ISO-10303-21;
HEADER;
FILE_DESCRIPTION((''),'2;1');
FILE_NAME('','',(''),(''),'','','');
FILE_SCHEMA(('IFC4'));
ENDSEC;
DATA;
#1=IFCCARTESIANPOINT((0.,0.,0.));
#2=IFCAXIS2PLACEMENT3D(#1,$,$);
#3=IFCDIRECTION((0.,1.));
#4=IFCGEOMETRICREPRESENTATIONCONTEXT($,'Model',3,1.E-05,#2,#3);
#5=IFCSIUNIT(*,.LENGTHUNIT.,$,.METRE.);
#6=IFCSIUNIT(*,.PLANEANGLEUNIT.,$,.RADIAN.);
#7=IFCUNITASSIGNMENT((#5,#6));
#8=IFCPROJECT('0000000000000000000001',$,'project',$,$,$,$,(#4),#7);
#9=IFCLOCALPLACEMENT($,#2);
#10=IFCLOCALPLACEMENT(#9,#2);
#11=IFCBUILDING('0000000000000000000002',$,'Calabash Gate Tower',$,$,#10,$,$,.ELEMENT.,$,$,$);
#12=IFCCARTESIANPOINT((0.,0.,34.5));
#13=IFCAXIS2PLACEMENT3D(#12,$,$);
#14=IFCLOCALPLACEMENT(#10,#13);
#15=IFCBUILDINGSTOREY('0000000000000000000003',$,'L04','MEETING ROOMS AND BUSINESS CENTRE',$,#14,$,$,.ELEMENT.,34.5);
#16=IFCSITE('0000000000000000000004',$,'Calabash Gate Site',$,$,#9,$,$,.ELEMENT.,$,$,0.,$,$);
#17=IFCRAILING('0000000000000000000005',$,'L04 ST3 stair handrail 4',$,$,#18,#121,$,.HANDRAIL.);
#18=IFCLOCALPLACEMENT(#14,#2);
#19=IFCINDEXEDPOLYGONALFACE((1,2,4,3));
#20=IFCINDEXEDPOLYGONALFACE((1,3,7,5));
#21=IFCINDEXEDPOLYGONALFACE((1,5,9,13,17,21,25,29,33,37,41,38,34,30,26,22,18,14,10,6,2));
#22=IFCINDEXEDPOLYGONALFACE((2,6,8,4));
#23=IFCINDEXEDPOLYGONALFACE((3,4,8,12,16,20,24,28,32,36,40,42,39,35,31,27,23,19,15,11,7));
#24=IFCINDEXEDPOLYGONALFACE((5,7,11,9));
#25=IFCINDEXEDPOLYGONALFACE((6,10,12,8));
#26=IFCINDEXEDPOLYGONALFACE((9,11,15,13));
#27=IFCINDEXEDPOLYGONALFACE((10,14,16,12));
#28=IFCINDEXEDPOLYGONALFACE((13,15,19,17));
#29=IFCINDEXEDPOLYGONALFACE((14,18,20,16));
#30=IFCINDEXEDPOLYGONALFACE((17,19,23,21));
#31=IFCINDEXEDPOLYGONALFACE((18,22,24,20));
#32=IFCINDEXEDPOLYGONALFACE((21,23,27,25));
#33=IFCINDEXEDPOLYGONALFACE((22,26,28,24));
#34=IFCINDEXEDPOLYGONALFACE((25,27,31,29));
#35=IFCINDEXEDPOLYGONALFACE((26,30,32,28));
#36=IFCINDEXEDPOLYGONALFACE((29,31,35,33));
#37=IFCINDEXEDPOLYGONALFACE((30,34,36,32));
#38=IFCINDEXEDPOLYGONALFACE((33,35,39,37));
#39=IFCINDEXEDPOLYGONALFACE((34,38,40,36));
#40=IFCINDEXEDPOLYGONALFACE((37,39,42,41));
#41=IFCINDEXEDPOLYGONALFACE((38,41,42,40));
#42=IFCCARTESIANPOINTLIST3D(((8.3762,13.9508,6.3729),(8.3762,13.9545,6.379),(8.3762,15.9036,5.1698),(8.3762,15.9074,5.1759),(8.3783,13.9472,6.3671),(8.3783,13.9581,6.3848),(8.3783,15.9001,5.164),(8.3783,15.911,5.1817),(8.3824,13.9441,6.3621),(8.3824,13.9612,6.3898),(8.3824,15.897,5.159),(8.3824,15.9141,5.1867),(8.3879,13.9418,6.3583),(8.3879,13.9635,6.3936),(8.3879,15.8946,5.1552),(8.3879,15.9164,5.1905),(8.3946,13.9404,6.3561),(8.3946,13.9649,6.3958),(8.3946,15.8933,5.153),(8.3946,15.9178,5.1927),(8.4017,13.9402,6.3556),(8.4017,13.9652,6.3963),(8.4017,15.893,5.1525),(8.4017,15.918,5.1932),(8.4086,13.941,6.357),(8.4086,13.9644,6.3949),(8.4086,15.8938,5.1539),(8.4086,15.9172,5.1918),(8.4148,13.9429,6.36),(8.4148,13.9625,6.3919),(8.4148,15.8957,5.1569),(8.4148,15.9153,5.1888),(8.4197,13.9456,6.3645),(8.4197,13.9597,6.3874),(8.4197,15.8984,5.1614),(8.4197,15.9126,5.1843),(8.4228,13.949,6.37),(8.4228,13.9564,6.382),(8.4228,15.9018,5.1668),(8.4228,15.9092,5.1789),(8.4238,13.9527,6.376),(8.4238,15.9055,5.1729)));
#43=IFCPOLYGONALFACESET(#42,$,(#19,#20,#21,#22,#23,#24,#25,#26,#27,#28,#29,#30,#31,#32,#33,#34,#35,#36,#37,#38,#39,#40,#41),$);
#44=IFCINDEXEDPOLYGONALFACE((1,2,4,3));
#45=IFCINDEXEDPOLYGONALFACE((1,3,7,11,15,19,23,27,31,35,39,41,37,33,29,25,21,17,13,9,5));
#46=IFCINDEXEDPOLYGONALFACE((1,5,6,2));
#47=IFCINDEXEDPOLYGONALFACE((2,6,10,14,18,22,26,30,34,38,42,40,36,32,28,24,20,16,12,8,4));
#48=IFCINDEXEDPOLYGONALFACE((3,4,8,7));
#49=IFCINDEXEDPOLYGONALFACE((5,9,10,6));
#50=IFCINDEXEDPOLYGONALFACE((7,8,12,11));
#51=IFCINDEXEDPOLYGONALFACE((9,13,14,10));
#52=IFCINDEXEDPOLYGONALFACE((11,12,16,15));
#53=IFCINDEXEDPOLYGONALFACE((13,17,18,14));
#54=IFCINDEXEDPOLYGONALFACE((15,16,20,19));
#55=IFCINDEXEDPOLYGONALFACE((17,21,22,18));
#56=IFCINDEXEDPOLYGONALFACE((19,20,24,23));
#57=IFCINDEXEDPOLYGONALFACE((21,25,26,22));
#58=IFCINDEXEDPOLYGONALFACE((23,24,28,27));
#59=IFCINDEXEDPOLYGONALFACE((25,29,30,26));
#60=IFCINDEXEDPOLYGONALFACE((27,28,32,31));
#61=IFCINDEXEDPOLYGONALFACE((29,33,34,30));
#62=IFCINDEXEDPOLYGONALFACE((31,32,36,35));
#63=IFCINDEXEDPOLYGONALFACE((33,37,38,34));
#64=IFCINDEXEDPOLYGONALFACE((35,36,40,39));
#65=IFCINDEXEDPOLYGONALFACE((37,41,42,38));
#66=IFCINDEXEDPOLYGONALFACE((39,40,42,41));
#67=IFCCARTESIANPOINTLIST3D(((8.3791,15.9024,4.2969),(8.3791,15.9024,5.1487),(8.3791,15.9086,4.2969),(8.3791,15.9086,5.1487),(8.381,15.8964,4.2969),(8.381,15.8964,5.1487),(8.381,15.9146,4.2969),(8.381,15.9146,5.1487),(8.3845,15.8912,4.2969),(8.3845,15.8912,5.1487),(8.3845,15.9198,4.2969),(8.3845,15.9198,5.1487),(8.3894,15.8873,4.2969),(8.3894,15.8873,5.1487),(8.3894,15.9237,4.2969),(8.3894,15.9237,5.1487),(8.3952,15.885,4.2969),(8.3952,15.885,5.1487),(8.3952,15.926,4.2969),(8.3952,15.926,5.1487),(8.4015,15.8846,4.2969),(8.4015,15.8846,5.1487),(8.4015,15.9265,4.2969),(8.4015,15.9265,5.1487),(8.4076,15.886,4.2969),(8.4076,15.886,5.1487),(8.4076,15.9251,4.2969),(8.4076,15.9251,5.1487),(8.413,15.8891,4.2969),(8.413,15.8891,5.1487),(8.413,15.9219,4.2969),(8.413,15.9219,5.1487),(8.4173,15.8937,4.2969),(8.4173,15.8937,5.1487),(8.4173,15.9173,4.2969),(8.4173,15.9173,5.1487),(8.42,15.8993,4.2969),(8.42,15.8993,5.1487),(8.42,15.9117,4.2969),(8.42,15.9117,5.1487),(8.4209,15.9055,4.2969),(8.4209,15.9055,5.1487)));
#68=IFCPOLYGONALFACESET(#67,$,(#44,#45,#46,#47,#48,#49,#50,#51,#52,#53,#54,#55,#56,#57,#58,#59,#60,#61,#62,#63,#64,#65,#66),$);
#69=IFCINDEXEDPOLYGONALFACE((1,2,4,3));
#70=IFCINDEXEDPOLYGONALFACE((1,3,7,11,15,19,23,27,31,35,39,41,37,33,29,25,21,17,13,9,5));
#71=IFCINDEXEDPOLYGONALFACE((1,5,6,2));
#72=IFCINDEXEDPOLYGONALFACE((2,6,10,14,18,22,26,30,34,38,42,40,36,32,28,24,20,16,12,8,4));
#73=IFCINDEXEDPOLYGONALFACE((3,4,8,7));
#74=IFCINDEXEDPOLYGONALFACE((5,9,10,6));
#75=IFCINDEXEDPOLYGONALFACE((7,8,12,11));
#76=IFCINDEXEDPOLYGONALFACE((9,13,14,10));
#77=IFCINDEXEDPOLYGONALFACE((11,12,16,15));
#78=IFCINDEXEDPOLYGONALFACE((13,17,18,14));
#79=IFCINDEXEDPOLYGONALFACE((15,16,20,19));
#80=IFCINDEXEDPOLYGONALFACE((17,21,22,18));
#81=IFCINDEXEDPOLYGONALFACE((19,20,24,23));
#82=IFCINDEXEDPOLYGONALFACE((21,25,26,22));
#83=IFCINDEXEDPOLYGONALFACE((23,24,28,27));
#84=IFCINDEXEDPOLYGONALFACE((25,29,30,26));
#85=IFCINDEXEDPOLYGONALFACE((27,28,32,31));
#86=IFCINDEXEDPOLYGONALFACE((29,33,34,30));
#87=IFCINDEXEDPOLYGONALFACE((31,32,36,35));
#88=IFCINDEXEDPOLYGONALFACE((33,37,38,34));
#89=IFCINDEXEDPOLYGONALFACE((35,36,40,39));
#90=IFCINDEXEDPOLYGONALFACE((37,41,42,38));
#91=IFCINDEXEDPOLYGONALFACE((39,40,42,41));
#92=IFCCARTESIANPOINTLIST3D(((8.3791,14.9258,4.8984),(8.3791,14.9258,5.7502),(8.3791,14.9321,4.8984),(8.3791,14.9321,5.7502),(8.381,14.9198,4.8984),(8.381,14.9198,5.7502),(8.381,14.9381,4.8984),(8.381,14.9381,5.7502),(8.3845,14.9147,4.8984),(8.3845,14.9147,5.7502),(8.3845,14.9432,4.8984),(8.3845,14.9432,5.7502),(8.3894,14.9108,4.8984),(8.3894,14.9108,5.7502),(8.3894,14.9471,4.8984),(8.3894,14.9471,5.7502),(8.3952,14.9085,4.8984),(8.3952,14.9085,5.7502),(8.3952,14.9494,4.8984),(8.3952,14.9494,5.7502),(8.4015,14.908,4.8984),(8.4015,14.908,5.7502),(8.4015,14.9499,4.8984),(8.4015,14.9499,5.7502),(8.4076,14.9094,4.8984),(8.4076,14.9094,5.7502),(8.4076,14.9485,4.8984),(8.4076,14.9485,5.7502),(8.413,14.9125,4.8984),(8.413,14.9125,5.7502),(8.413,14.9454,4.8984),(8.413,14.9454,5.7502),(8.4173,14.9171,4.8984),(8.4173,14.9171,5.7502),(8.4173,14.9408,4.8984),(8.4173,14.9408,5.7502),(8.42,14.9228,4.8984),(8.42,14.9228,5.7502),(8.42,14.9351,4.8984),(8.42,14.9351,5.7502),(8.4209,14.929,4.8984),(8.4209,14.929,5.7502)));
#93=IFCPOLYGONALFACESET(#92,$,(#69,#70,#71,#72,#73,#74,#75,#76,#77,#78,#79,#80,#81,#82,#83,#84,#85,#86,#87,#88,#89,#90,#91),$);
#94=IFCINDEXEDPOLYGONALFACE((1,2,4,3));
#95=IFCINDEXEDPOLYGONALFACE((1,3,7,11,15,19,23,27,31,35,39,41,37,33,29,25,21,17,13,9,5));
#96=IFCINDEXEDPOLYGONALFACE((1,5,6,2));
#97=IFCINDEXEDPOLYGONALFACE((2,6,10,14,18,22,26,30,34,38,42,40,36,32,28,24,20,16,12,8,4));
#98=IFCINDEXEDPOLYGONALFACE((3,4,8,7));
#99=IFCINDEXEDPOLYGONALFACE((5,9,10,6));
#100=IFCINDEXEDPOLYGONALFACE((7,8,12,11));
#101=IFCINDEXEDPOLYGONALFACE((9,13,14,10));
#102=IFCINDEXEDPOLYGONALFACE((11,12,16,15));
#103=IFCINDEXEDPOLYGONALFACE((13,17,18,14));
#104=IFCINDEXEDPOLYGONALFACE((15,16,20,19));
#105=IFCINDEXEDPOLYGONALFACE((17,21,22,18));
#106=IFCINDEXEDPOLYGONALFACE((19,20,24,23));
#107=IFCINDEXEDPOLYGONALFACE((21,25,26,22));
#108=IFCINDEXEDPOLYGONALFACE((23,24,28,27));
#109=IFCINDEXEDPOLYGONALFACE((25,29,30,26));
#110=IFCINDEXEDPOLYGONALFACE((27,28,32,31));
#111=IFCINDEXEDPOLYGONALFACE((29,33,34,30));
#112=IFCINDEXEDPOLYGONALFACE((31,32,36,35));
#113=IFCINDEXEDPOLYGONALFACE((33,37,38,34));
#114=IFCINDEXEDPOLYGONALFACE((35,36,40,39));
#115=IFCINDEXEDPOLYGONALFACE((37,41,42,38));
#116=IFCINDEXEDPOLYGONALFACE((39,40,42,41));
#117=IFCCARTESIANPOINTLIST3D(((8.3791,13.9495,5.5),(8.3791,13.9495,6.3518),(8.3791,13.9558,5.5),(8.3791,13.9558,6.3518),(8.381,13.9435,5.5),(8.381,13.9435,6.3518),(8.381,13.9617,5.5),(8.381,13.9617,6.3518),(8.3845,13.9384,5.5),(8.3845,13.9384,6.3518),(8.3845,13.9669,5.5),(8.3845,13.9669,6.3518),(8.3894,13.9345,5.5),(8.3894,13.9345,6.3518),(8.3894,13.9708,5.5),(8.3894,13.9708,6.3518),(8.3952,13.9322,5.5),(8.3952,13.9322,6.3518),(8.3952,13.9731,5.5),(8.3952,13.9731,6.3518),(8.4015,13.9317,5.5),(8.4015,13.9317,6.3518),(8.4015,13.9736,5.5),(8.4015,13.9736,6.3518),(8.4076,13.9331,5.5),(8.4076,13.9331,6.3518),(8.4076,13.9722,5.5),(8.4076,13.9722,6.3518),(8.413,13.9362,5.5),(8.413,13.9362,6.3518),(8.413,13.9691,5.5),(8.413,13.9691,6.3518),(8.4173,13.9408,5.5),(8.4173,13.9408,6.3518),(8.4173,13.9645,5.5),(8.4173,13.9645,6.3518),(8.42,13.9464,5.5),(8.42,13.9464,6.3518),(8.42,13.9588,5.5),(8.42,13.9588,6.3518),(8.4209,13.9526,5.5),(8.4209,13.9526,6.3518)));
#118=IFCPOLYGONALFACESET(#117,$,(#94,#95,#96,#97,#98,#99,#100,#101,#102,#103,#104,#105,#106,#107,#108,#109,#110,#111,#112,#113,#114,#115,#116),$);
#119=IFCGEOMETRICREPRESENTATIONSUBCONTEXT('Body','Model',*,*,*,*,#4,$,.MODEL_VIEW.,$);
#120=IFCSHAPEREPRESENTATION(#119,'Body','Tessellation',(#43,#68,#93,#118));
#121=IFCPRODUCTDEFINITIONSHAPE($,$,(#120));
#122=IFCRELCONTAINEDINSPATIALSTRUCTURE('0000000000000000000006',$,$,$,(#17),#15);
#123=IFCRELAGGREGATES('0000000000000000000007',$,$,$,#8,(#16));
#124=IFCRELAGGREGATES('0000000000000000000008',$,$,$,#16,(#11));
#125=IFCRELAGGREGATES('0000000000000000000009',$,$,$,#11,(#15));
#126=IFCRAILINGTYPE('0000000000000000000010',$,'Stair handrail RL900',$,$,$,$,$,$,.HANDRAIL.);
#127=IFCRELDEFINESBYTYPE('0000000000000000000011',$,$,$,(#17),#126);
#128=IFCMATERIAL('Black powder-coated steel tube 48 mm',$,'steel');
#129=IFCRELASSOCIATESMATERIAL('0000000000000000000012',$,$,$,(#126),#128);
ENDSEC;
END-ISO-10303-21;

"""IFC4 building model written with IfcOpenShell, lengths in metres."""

from ifc_helpers import new_model, si_unit, direction, frame, origin, origin_2d, place, context, subcontext, project, spatial, circle, extrude, material, type_object, element, save


model = new_model("IFC4")

# Units and contexts
model_context = context("Model", 3, precision=1e-05, world=origin(), true_north=direction((0.0, 1.0)))
body_context = subcontext(model_context, "Body", "Model", "MODEL_VIEW")
ifc_project = project(units=[si_unit("LENGTHUNIT", "METRE"), si_unit("PLANEANGLEUNIT", "RADIAN")], contexts=[model_context])

# Site, building, storey
site_placement = place(None, origin())
site = spatial("IfcSite", under=ifc_project, at=site_placement, Name="Calabash Gate Site", CompositionType="ELEMENT", RefElevation=0.0)
building_placement = place(site_placement, origin())
building = spatial("IfcBuilding", under=site, at=building_placement, Name="Calabash Gate Tower", CompositionType="ELEMENT")
storey_placement = place(building_placement, frame((0.0, 0.0, 34.5)))
storey = spatial("IfcBuildingStorey", under=building, at=storey_placement, Name="L04", Description="MEETING ROOMS AND BUSINESS CENTRE", CompositionType="ELEMENT", Elevation=34.5)

# Railing
ifc_material_1 = material(Name="Black powder-coated steel tube 48 mm", Category="steel")
railing_type = type_object("IfcRailingType", Name="Stair handrail RL900", PredefinedType="HANDRAIL", material=ifc_material_1)
railing_1_placement = place(storey_placement, frame((8.3999, 15.9055, 4.2969)))
element("IfcRailing", 1, at=railing_1_placement, inside=storey, type_object=railing_type, Name="L04 ST3 stair handrail 4", PredefinedType="HANDRAIL", context=body_context, shape_type="SweptSolid", body=[
    extrude(circle(Radius=0.0239, at=origin_2d()), frame((0.0, 0.0, 0.876), z_axis=(0.0, -0.851395, 0.524525), x_axis=(1.0, 0.0, 0.0)), (0.0, 0.0, 1.0), 2.2937),
    extrude(circle(Radius=0.021, at=origin_2d()), origin(), (0.0, 0.0, 1.0), 0.8518),
    extrude(circle(Radius=0.021, at=origin_2d()), frame((0.0, -0.9766, 0.6016)), (0.0, 0.0, 1.0), 0.8518),
    extrude(circle(Radius=0.021, at=origin_2d()), frame((0.0, -1.9529, 1.2031)), (0.0, 0.0, 1.0), 0.8518),
])

save(model, "model.ifc")
